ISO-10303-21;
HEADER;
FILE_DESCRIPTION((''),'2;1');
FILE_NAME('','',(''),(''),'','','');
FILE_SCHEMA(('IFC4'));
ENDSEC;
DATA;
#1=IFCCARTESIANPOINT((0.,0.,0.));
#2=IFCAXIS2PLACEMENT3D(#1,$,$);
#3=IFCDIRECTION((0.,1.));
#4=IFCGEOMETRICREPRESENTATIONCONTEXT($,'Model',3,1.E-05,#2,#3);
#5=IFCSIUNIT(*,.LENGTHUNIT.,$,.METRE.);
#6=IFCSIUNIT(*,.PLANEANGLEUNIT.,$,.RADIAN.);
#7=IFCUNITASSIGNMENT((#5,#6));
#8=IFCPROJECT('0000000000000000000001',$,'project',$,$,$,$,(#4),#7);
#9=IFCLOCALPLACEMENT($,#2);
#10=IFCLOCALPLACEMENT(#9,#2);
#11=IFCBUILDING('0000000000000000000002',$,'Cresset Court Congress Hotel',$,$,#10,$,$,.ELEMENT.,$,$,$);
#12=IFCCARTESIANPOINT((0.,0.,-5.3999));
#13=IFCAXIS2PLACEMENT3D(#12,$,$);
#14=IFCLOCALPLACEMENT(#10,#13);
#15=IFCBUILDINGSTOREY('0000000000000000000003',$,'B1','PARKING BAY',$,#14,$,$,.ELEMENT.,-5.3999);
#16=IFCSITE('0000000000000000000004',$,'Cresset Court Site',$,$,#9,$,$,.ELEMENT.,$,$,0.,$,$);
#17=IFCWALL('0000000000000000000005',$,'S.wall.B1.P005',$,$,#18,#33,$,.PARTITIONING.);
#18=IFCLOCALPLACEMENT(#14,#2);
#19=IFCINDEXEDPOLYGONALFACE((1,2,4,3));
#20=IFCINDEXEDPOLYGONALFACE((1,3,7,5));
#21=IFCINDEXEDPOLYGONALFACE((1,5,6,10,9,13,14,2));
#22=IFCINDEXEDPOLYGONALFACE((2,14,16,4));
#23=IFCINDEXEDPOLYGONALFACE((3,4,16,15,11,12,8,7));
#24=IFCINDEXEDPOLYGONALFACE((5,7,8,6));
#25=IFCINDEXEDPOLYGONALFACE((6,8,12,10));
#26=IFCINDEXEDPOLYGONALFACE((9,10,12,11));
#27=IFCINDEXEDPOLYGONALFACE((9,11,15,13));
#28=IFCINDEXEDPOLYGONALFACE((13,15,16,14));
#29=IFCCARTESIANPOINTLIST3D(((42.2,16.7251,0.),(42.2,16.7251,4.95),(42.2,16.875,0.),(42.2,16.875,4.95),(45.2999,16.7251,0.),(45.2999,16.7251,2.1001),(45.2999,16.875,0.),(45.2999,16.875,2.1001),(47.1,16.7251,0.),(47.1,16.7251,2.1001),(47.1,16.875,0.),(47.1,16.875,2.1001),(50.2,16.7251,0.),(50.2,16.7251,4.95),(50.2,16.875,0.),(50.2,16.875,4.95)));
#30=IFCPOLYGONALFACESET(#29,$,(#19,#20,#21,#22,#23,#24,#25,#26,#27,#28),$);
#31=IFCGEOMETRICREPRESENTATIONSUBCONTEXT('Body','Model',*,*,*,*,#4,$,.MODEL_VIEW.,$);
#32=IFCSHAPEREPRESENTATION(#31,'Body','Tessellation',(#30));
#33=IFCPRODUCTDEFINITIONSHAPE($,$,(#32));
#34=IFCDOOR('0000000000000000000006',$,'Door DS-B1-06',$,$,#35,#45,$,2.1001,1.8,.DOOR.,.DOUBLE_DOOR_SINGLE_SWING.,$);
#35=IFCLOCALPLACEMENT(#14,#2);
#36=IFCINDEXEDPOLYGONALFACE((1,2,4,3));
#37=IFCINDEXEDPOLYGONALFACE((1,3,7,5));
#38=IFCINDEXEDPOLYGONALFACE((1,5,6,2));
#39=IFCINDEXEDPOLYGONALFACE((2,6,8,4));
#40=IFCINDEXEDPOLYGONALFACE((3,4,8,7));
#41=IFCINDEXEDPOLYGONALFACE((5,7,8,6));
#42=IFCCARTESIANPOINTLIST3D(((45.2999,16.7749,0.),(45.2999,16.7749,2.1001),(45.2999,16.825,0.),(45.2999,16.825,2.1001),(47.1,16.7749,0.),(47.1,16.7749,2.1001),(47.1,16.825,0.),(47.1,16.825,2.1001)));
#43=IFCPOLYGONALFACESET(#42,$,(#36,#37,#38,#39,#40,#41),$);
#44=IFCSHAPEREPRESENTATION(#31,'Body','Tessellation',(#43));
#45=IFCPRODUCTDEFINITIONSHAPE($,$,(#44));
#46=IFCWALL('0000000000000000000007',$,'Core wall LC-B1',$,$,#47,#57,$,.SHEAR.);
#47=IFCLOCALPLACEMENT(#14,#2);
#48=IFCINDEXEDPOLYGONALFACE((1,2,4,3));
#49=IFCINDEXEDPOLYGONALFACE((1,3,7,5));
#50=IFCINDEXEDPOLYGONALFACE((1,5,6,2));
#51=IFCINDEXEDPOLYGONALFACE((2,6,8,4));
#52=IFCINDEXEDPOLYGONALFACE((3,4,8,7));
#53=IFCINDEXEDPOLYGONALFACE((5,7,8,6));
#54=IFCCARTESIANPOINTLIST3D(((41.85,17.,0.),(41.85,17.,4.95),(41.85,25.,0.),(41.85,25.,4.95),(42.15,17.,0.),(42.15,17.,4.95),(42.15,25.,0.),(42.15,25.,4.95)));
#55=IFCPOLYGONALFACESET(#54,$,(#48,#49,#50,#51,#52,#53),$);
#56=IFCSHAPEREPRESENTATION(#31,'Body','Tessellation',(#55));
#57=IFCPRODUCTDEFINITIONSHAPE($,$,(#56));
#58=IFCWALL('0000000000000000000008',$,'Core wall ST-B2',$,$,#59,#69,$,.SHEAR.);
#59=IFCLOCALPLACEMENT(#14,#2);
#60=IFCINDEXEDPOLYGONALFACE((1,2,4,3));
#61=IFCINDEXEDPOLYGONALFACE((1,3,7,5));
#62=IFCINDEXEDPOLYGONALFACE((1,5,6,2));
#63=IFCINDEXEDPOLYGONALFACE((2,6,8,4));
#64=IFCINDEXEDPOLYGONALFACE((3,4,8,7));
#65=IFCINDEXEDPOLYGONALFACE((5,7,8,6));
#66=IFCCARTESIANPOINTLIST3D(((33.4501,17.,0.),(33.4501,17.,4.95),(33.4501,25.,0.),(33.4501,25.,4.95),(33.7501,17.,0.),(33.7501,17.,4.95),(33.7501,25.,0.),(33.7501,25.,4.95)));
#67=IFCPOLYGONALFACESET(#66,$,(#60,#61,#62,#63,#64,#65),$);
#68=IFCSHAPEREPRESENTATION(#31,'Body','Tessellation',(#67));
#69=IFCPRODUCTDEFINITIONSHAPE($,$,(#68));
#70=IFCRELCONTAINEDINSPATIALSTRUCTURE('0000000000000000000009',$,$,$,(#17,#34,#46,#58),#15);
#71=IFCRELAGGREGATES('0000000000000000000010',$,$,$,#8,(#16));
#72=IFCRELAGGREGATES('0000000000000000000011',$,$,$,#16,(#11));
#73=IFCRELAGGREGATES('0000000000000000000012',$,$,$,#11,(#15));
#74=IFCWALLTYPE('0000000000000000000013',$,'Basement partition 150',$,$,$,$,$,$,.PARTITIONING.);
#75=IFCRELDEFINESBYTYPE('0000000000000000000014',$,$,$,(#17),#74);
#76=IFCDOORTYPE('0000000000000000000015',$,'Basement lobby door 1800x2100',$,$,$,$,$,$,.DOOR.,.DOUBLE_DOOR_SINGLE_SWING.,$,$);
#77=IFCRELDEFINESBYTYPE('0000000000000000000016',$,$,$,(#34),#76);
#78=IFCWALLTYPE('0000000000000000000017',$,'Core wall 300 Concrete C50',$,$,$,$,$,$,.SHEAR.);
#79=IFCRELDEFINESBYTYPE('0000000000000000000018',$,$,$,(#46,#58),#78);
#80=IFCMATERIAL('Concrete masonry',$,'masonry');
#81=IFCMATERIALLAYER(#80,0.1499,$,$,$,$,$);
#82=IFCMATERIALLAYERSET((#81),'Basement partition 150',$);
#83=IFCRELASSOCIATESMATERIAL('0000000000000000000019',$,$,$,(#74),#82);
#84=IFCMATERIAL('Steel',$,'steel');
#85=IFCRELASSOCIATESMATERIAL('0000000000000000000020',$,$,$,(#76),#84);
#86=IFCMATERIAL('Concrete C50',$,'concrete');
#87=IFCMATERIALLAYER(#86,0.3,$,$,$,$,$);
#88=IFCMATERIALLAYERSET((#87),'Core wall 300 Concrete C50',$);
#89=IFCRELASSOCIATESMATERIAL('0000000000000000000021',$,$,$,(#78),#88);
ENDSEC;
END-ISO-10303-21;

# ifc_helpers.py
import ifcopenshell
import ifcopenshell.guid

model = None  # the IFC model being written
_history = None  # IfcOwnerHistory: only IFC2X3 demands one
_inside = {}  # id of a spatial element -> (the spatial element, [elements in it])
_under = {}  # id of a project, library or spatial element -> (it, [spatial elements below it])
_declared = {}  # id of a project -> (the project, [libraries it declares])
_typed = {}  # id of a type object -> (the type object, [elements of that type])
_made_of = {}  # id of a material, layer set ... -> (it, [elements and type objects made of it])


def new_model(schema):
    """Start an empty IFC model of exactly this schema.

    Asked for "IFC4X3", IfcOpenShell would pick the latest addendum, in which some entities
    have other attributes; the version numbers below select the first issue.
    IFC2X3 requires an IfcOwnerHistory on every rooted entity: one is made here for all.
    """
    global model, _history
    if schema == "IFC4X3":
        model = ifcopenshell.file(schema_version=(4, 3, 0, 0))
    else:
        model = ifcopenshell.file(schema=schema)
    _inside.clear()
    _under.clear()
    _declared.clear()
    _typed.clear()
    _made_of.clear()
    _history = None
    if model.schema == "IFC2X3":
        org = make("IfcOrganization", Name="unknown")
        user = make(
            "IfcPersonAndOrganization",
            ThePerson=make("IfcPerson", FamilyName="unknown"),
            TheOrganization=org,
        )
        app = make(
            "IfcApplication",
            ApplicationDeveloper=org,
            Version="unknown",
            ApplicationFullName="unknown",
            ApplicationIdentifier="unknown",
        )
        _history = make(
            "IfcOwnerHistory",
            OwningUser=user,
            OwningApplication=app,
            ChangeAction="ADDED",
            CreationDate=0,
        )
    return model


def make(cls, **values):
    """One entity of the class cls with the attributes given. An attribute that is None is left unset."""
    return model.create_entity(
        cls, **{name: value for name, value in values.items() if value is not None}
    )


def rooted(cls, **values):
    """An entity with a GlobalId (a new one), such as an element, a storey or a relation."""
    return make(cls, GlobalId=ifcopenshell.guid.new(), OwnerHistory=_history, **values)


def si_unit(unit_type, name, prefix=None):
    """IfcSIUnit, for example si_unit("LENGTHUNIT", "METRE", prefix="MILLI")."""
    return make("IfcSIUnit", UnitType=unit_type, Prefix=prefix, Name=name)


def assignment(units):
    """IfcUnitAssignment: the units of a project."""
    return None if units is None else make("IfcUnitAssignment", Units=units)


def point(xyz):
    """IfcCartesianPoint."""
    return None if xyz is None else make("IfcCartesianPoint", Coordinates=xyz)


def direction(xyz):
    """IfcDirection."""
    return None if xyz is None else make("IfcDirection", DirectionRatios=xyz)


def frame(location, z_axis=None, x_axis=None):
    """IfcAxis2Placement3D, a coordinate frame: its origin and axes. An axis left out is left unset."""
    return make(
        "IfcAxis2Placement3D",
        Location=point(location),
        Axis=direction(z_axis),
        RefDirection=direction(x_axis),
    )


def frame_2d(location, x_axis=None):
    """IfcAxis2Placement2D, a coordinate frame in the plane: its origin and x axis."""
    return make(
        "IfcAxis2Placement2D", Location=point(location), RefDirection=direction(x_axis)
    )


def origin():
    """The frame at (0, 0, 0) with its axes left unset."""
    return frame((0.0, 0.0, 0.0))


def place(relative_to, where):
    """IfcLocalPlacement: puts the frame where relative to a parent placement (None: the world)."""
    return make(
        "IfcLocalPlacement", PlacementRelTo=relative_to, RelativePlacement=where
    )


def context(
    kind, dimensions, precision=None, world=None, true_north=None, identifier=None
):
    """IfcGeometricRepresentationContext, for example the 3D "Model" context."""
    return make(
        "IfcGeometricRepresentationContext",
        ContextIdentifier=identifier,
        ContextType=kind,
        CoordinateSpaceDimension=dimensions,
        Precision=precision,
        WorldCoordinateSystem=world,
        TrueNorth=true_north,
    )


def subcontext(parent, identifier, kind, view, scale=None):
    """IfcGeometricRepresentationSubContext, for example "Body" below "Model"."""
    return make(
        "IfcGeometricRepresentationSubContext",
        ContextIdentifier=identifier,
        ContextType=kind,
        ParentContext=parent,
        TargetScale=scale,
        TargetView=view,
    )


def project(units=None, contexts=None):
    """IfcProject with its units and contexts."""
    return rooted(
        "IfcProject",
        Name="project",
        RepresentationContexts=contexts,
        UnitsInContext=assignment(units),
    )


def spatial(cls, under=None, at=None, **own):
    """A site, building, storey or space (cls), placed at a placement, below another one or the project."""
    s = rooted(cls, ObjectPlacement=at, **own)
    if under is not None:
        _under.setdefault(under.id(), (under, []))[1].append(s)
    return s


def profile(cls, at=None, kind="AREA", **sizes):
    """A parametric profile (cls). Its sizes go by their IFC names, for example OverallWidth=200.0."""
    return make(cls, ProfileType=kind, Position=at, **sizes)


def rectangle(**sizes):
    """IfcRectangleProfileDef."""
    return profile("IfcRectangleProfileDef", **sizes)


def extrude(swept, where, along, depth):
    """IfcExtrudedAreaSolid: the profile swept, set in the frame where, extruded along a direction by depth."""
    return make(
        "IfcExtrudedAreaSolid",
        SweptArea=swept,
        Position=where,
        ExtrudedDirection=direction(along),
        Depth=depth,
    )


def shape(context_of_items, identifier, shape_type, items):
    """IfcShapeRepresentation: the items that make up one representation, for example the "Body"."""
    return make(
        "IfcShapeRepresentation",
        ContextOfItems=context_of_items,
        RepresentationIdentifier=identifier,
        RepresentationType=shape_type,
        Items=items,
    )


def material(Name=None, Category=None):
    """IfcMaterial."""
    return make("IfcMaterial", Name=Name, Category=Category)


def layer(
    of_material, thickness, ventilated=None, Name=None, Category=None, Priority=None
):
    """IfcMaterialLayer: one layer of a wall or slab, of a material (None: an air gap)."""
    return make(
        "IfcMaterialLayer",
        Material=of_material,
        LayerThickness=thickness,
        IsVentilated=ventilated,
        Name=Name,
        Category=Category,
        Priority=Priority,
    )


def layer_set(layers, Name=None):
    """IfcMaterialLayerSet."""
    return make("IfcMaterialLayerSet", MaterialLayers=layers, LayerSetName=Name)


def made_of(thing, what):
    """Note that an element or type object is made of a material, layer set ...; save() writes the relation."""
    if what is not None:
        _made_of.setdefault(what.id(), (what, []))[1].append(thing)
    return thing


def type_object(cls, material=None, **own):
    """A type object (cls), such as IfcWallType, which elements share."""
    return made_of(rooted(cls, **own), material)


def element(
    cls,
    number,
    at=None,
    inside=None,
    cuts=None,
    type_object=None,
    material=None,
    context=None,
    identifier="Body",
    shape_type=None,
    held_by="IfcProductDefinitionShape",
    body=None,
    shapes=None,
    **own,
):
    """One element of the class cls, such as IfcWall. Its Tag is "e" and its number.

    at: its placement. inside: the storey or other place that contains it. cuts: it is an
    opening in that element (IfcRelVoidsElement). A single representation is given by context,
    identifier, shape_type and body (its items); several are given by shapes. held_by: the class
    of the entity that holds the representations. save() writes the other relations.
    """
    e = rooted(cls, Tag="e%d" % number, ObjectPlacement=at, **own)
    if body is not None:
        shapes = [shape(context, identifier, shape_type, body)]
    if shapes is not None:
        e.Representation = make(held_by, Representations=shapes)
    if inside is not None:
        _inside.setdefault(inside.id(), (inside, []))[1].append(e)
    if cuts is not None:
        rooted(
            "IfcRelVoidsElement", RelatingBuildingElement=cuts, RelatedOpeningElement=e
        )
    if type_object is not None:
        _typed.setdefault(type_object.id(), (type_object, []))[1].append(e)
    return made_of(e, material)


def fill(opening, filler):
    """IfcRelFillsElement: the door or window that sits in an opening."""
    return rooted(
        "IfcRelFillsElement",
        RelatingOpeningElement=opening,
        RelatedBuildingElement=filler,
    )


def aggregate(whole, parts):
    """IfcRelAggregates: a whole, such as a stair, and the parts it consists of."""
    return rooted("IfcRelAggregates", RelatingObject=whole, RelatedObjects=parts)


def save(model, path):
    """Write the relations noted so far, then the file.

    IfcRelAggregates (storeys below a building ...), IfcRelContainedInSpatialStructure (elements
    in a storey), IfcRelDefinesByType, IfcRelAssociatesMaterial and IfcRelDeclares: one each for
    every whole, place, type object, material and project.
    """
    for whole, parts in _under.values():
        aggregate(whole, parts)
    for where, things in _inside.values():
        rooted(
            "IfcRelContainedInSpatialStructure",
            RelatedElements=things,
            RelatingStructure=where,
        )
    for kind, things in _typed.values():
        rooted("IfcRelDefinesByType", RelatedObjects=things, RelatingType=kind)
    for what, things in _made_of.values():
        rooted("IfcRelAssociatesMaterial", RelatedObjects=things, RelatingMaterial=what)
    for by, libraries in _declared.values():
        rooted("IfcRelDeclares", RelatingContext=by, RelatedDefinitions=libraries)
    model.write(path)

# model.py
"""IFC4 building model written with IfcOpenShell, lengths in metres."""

from ifc_helpers import new_model, si_unit, direction, frame, frame_2d, origin, place, context, subcontext, project, spatial, rectangle, extrude, material, layer, layer_set, type_object, element, fill, save


model = new_model("IFC4")

# Units and contexts
model_context = context("Model", 3, precision=1e-05, world=origin(), true_north=direction((0.0, 1.0)))
body_context = subcontext(model_context, "Body", "Model", "MODEL_VIEW")
ifc_project = project(units=[si_unit("LENGTHUNIT", "METRE"), si_unit("PLANEANGLEUNIT", "RADIAN")], contexts=[model_context])

# Site, building, storey
site_placement = place(None, origin())
site = spatial("IfcSite", under=ifc_project, at=site_placement, Name="Cresset Court Site", CompositionType="ELEMENT", RefElevation=0.0)
building_placement = place(site_placement, origin())
building = spatial("IfcBuilding", under=site, at=building_placement, Name="Cresset Court Congress Hotel", CompositionType="ELEMENT")
storey_placement = place(building_placement, frame((0.0, 0.0, -5.3999)))
storey = spatial("IfcBuildingStorey", under=building, at=storey_placement, Name="B1", Description="PARKING BAY", CompositionType="ELEMENT", Elevation=-5.3999)

# Wall, opening, door
ifc_material_1 = material(Name="Concrete masonry", Category="masonry")
ifc_layer_1 = layer(ifc_material_1, 0.1499)
ifc_layer_set_1 = layer_set([ifc_layer_1], Name="Basement partition 150")
wall_type_1 = type_object("IfcWallType", Name="Basement partition 150", PredefinedType="PARTITIONING", material=ifc_layer_set_1)
ifc_material_2 = material(Name="Steel", Category="steel")
door_type = type_object("IfcDoorType", Name="Basement lobby door 1800x2100", OperationType="DOUBLE_DOOR_SINGLE_SWING", PredefinedType="DOOR", material=ifc_material_2)
wall_1_placement = place(storey_placement, frame((42.2, 16.8, 0.0), z_axis=(0.0, 0.0, 1.0), x_axis=(1.0, 0.0, 0.0)))
wall_1 = element("IfcWall", 1, at=wall_1_placement, inside=storey, type_object=wall_type_1, Name="S.wall.B1.P005", PredefinedType="PARTITIONING", context=body_context, shape_type="SweptSolid", body=[
    extrude(rectangle(XDim=8.0, YDim=0.1499, at=frame_2d((4.0, 0.0))), origin(), (0.0, 0.0, 1.0), 4.95),
])
opening_1_placement = place(wall_1_placement, frame((3.1001, 0.0, 0.0)))
opening_1 = element("IfcOpeningElement", 2, at=opening_1_placement, cuts=wall_1, PredefinedType="OPENING", context=body_context, shape_type="SweptSolid", body=[
    extrude(rectangle(XDim=1.8, YDim=2.1001, at=frame_2d((0.8999, 1.05))), frame((0.0, 0.085, 0.0), z_axis=(0.0, -1.0, 0.0), x_axis=(1.0, 0.0, 0.0)), (0.0, 0.0, 1.0), 0.1699),
])
door_1_placement = place(opening_1_placement, origin())
door_1 = element("IfcDoor", 3, at=door_1_placement, inside=storey, type_object=door_type, Name="Door DS-B1-06", OperationType="DOUBLE_DOOR_SINGLE_SWING", OverallHeight=2.1001, OverallWidth=1.8, PredefinedType="DOOR", context=body_context, shape_type="SweptSolid", body=[
    extrude(rectangle(XDim=1.8, YDim=2.1001, at=frame_2d((0.8999, 1.05))), frame((0.0, 0.0249, 0.0), z_axis=(0.0, -1.0, 0.0), x_axis=(1.0, 0.0, 0.0)), (0.0, 0.0, 1.0), 0.05),
])
fill(opening_1, door_1)

# Walls
ifc_material_3 = material(Name="Concrete C50", Category="concrete")
ifc_layer_2 = layer(ifc_material_3, 0.3)
ifc_layer_set_2 = layer_set([ifc_layer_2], Name="Core wall 300 Concrete C50")
wall_type_2 = type_object("IfcWallType", Name="Core wall 300 Concrete C50", PredefinedType="SHEAR", material=ifc_layer_set_2)
for number, where, z_axis, x_axis, name in (
    (4, (42.0, 17.0, 0.0), (0.0, 0.0, 1.0), (0.0, 1.0, 0.0), "Core wall LC-B1"),
    (5, (33.6001, 17.0, 0.0), (0.0, 0.0, 1.0), (0.0, 1.0, 0.0), "Core wall ST-B2"),
):
    element("IfcWall", number, at=place(storey_placement, frame(where, z_axis=z_axis, x_axis=x_axis)), inside=storey, type_object=wall_type_2, Name=name, PredefinedType="SHEAR", context=body_context, shape_type="SweptSolid", body=[
        extrude(rectangle(XDim=8.0, YDim=0.3, at=frame_2d((4.0, 0.0))), origin(), (0.0, 0.0, 1.0), 4.95),
    ])

save(model, "model.ifc")
